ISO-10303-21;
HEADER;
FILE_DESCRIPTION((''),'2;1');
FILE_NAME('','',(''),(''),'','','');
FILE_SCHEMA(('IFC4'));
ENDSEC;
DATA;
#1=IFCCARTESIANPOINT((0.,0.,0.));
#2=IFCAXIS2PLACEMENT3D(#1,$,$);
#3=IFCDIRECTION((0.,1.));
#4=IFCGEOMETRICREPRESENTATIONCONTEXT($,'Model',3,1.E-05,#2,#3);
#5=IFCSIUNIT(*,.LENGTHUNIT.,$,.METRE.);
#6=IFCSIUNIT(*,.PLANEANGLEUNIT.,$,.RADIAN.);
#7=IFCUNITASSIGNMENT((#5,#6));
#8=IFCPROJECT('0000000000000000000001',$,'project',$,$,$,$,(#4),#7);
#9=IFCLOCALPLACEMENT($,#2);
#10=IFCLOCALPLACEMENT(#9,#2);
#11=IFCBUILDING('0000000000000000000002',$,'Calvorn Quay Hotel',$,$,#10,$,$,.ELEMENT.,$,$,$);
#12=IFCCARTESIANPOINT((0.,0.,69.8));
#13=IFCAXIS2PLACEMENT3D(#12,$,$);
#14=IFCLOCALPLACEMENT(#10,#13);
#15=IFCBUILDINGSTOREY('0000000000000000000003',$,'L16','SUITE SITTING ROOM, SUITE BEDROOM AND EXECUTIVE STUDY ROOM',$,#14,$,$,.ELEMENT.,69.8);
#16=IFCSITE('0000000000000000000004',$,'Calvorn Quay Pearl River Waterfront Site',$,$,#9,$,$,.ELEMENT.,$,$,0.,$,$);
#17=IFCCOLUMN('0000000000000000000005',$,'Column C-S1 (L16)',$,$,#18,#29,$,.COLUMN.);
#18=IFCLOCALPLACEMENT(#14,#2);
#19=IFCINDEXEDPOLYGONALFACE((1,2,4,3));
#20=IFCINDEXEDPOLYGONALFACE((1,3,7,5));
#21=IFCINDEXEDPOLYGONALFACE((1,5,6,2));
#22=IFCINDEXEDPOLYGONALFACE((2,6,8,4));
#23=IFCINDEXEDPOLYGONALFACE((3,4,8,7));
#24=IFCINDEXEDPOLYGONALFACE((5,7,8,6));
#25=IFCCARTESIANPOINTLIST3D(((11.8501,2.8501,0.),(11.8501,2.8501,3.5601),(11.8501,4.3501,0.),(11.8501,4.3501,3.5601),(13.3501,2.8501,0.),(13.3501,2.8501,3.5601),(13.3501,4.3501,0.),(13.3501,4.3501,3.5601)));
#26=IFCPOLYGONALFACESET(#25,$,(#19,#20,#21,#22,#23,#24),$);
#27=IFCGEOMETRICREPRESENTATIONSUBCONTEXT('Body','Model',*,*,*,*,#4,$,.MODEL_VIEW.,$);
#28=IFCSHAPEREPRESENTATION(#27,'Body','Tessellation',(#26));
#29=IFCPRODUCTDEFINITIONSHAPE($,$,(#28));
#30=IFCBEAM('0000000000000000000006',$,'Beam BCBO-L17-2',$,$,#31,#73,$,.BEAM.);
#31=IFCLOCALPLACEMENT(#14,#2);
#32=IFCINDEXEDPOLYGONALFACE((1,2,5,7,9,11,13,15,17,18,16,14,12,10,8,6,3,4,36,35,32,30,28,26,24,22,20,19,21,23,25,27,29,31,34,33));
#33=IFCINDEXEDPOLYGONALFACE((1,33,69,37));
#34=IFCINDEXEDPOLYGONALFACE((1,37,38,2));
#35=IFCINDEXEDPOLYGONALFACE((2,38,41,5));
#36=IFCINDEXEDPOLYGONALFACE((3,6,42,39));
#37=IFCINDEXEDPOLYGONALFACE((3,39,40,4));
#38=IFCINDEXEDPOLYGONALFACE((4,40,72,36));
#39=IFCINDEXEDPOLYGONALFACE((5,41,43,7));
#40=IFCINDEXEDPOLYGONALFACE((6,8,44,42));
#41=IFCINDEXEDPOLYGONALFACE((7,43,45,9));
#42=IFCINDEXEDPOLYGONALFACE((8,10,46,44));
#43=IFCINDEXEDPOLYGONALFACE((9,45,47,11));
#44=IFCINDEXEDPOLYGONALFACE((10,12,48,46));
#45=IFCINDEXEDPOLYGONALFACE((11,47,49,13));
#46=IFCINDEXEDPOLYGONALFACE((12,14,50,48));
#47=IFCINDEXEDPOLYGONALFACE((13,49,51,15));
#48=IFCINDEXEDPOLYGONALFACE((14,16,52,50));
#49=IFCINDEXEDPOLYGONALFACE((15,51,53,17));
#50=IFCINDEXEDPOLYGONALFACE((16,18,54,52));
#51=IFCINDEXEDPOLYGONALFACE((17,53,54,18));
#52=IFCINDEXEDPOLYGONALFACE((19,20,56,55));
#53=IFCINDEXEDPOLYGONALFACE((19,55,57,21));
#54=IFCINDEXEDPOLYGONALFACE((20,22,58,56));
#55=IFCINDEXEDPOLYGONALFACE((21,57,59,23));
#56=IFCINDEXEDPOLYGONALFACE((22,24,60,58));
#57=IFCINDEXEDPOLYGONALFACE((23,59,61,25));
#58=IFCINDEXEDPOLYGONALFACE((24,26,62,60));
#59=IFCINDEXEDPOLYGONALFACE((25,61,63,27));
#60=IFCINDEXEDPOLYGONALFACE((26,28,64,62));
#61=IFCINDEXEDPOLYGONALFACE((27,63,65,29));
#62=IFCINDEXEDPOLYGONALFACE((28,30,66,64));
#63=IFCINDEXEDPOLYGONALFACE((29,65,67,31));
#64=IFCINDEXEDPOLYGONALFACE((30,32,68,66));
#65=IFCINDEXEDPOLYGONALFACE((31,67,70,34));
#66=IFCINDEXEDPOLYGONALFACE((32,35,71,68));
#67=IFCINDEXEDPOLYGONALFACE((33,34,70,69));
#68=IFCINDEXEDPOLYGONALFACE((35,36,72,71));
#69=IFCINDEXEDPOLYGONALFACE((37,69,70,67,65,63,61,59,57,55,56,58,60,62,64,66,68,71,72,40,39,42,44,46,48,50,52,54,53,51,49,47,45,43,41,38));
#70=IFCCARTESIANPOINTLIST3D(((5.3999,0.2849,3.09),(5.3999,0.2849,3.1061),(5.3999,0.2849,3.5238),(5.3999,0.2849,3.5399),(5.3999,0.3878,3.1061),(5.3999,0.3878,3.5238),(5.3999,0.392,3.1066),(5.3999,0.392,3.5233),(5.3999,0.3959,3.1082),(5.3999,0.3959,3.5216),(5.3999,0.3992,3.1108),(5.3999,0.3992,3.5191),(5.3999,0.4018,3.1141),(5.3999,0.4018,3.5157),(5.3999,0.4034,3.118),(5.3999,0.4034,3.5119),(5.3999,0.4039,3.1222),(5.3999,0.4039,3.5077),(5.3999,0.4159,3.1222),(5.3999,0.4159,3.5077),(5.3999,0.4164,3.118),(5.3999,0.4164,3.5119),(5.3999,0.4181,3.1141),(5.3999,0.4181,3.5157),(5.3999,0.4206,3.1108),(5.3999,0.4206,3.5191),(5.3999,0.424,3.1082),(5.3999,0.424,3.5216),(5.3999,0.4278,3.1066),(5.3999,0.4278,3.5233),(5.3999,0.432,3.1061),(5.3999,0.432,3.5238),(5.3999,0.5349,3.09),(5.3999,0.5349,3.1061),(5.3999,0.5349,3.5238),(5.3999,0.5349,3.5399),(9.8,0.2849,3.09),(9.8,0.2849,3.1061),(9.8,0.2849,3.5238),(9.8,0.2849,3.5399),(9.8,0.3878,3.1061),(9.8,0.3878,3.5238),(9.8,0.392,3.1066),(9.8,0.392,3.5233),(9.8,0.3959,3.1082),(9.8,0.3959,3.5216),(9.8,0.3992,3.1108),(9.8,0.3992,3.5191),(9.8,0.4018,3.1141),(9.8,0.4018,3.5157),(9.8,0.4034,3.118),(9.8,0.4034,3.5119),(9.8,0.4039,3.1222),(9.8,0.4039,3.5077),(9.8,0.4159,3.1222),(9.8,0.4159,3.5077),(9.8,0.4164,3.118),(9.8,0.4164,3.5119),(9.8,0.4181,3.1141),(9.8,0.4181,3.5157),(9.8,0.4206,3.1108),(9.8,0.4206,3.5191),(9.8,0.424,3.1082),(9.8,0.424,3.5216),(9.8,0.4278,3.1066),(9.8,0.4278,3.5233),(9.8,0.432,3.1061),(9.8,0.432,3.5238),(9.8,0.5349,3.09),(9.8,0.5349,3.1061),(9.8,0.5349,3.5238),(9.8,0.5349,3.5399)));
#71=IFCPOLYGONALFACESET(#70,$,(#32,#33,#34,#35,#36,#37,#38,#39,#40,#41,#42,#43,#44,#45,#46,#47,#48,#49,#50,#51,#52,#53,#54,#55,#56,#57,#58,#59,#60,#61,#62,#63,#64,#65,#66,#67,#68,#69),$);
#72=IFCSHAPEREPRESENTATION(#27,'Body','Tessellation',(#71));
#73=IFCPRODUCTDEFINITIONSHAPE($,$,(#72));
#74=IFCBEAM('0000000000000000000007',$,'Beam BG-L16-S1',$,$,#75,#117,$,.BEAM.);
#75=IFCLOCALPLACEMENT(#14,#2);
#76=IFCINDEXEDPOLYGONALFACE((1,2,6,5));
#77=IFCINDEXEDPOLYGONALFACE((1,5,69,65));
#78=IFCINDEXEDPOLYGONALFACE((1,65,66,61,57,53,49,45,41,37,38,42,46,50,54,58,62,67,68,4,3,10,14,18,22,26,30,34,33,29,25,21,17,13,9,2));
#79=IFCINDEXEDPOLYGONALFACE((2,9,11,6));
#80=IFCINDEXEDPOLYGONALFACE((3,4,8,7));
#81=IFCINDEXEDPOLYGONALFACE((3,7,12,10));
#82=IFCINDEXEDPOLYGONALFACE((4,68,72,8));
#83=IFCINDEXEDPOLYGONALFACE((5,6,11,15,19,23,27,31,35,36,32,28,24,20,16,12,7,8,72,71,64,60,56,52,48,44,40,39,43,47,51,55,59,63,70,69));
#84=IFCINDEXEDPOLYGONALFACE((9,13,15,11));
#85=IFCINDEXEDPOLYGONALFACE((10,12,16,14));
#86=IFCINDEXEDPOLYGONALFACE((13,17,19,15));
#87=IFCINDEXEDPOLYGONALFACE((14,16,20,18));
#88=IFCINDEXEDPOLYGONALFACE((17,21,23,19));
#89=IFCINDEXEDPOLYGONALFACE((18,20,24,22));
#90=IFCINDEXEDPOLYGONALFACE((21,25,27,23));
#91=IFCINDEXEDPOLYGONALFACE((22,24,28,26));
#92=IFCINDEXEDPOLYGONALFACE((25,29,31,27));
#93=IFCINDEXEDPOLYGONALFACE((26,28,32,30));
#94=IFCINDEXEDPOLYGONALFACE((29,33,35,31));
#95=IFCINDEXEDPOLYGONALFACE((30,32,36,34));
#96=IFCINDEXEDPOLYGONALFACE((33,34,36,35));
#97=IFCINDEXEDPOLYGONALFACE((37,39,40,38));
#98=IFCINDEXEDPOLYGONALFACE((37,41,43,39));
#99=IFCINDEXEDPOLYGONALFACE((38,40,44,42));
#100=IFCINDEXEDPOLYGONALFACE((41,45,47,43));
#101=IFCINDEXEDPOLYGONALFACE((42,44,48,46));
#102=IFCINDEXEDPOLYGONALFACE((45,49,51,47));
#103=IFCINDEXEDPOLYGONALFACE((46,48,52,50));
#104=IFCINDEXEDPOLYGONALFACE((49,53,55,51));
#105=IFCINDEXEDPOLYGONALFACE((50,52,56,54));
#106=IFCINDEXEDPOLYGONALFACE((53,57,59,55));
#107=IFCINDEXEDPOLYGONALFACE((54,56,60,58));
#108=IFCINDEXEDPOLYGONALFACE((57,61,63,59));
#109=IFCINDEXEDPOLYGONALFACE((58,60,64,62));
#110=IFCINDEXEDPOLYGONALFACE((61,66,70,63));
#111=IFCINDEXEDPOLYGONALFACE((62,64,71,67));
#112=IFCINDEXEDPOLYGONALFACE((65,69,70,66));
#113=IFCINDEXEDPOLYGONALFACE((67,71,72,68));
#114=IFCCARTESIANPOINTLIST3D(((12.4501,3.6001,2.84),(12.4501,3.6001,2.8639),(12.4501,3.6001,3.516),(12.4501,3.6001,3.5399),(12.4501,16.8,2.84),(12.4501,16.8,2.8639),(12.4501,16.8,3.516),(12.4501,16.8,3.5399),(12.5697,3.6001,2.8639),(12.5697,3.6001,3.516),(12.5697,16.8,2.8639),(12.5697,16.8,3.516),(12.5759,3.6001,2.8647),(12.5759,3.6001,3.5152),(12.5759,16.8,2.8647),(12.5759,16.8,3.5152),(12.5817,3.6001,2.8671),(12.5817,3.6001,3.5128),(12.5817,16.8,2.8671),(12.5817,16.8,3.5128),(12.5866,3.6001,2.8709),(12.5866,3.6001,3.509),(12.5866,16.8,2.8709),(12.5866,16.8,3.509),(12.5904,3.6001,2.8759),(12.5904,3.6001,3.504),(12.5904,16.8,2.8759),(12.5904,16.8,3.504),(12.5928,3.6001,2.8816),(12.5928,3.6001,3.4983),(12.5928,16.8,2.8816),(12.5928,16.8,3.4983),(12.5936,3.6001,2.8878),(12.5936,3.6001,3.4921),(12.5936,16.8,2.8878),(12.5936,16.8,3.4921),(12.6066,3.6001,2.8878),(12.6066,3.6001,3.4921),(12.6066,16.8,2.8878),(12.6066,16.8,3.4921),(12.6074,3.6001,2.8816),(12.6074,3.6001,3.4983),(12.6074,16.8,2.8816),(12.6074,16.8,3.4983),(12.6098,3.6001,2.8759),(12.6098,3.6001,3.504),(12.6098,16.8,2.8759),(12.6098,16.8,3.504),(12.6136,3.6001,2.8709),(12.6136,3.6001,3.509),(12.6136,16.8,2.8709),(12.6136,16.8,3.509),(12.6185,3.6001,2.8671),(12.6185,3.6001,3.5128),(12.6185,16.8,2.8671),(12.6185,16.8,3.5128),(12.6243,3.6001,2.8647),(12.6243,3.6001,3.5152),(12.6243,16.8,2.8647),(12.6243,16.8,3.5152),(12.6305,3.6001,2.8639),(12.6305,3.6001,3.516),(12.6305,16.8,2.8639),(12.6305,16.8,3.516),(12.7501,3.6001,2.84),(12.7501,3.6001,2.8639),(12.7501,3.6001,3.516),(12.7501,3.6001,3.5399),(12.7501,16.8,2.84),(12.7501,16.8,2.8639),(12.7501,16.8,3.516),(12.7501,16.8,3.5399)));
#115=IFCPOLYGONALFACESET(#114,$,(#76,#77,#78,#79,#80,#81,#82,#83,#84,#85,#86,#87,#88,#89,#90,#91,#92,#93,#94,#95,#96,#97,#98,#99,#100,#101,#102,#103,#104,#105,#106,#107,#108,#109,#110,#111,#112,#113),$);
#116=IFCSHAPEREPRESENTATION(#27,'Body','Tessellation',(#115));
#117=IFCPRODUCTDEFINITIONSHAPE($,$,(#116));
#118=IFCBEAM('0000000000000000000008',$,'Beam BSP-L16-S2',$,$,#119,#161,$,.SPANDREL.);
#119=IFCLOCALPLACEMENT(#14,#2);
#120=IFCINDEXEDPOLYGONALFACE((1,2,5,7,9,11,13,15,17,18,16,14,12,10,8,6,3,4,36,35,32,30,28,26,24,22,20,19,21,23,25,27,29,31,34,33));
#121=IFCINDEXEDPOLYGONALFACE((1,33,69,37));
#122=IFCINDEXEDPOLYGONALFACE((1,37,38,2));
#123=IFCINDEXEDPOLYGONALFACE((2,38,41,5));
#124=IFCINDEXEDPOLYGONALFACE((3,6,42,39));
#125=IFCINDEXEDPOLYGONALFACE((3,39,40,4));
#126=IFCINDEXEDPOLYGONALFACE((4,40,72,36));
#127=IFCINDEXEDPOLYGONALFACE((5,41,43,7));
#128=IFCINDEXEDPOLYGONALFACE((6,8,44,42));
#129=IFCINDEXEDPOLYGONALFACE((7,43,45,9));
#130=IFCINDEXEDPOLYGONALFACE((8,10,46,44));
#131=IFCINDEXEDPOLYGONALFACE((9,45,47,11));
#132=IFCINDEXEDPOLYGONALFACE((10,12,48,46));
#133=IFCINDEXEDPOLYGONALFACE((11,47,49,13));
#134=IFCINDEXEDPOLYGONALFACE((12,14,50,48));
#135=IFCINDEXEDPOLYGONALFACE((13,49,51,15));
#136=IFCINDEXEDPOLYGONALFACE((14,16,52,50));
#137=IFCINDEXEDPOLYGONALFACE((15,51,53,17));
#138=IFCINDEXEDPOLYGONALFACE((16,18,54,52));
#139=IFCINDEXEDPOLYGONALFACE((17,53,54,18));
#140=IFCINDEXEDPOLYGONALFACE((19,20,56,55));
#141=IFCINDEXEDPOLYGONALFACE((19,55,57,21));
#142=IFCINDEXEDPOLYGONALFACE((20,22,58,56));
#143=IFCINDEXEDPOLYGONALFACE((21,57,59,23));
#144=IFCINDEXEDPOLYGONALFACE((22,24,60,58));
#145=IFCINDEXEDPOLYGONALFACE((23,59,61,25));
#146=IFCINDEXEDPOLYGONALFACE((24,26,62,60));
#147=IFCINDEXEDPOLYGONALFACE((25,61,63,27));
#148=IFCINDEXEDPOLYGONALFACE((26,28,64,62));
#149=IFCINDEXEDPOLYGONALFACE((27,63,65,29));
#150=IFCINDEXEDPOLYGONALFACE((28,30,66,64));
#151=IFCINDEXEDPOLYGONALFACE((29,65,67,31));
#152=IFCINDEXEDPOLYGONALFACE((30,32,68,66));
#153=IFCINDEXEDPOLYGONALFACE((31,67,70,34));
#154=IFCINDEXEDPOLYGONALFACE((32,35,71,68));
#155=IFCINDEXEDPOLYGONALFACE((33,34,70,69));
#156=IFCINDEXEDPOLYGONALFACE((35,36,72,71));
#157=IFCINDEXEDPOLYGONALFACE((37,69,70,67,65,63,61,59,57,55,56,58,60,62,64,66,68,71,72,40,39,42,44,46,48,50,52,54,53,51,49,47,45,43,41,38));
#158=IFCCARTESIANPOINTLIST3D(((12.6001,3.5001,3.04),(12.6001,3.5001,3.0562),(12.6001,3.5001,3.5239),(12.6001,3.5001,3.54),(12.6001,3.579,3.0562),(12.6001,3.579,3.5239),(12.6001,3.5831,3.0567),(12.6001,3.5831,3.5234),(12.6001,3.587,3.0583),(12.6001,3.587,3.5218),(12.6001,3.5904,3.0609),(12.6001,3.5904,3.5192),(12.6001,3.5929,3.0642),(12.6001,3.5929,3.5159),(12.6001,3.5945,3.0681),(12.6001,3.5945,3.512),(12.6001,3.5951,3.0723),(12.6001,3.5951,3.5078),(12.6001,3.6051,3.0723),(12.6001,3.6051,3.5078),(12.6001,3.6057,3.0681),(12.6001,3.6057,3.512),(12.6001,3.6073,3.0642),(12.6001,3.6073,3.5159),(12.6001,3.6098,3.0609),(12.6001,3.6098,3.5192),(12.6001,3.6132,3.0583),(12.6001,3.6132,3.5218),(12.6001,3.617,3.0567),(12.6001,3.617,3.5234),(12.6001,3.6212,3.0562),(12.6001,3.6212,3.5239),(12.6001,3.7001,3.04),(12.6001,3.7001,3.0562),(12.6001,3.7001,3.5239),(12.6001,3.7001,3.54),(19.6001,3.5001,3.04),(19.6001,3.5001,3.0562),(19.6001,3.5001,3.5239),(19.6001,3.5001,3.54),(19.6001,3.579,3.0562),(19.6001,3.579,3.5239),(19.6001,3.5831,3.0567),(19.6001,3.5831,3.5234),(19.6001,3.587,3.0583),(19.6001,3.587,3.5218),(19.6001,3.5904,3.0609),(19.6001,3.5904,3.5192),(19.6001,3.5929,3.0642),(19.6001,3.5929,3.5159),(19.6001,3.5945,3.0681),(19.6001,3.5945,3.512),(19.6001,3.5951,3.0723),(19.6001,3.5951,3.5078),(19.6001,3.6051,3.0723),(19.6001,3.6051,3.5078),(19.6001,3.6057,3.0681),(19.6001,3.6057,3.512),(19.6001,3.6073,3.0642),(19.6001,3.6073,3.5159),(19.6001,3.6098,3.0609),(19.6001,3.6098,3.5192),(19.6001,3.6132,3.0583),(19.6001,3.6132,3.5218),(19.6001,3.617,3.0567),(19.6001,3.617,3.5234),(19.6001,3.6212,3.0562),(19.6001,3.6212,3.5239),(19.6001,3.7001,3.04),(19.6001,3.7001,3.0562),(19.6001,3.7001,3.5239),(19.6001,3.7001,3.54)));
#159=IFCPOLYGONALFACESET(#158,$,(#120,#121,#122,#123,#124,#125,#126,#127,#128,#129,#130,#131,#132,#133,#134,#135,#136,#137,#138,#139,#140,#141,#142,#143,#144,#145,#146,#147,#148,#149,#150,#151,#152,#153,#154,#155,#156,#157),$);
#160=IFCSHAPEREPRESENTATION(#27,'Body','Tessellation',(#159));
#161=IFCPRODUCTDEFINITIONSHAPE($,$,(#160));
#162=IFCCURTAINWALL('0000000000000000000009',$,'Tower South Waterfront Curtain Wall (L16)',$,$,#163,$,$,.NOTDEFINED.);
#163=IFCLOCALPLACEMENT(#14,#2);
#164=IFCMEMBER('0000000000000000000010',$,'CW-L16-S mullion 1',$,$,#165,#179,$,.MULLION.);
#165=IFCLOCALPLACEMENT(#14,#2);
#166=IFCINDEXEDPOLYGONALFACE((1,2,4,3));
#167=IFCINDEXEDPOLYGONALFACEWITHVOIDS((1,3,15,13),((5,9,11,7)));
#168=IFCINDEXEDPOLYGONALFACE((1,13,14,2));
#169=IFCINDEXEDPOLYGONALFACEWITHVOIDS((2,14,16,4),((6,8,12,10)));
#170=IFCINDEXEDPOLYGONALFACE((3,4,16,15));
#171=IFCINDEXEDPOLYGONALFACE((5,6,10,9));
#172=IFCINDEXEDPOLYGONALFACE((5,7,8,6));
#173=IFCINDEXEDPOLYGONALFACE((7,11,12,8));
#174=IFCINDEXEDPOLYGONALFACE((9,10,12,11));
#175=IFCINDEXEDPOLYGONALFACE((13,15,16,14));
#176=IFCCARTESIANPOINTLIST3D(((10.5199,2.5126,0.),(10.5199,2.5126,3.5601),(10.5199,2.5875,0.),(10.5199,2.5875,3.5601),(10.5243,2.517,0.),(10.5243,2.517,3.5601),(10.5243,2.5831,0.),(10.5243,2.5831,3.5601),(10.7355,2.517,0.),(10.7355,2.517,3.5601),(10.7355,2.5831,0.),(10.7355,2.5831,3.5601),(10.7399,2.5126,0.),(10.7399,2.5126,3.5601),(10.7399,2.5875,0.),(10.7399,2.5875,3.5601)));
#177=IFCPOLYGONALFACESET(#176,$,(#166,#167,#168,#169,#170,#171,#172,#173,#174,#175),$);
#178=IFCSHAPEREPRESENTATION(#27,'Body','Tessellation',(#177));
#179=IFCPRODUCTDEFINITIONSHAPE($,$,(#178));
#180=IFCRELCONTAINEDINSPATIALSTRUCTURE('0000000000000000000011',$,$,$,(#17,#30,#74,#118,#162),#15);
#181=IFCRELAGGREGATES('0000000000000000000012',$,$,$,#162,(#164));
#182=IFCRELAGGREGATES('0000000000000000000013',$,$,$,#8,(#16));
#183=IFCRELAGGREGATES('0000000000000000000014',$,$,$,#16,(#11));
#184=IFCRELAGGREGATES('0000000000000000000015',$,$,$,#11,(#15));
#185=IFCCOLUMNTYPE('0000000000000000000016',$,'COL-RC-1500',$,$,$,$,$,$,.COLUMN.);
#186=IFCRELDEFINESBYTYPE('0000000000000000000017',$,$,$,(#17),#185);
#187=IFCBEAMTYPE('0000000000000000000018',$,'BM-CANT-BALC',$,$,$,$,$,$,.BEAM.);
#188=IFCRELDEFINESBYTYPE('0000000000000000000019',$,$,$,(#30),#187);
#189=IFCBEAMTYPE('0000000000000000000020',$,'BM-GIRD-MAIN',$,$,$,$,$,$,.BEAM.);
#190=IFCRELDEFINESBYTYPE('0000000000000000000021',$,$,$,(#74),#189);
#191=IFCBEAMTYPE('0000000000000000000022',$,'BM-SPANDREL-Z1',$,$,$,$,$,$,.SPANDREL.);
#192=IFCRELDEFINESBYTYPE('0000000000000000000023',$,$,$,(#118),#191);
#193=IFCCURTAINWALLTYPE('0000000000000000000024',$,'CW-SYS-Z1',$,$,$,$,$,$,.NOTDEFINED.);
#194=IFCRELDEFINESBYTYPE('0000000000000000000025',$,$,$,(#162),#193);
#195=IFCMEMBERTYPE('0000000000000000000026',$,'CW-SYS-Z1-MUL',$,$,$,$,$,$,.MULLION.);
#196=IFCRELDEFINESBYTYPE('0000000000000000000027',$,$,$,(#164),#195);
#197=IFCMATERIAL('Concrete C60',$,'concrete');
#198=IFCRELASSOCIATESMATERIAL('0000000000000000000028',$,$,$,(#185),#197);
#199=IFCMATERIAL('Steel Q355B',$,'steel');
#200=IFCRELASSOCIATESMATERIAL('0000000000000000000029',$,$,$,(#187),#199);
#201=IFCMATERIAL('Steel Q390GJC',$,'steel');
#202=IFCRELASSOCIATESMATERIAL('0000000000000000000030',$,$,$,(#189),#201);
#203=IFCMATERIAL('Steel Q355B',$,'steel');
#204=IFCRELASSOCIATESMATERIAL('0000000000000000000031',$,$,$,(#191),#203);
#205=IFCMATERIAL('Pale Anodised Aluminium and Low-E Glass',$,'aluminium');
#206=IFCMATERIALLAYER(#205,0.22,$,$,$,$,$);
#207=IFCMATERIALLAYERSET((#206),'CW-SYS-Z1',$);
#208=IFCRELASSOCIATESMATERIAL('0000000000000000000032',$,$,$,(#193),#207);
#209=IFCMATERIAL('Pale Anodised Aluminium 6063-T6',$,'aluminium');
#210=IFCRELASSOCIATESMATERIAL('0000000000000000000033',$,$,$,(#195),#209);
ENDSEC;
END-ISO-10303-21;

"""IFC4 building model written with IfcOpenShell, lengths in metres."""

from ifc_helpers import new_model, si_unit, direction, frame, origin, origin_2d, place, context, subcontext, project, spatial, rectangle, hollow_rectangle, i_section, extrude, material, layer, layer_set, material_profile, profile_set, type_object, element, aggregate, save


model = new_model("IFC4")

# Units and contexts
model_context = context("Model", 3, precision=1e-05, world=origin(), true_north=direction((0.0, 1.0)))
body_context = subcontext(model_context, "Body", "Model", "MODEL_VIEW")
ifc_project = project(units=[si_unit("LENGTHUNIT", "METRE"), si_unit("PLANEANGLEUNIT", "RADIAN")], contexts=[model_context])

# Site, building, storey
site_placement = place(None, origin())
site = spatial("IfcSite", under=ifc_project, at=site_placement, Name="Calvorn Quay Pearl River Waterfront Site", CompositionType="ELEMENT", RefElevation=0.0)
building_placement = place(site_placement, origin())
building = spatial("IfcBuilding", under=site, at=building_placement, Name="Calvorn Quay Hotel", CompositionType="ELEMENT")
storey_placement = place(building_placement, frame((0.0, 0.0, 69.8)))
storey = spatial("IfcBuildingStorey", under=building, at=storey_placement, Name="L16", Description="SUITE SITTING ROOM, SUITE BEDROOM AND EXECUTIVE STUDY ROOM", CompositionType="ELEMENT", Elevation=69.8)

# Column
ifc_material_1 = material(Name="Concrete C60", Category="concrete")
ifc_material_profile_1 = material_profile(ifc_material_1, rectangle(XDim=1.5, YDim=1.5, at=origin_2d()), Name="RC1500x1500")
ifc_profile_set_1 = profile_set([ifc_material_profile_1], Name="Concrete C60")
column_type = type_object("IfcColumnType", Name="COL-RC-1500", PredefinedType="COLUMN", material=ifc_profile_set_1)
column_placement = place(storey_placement, frame((12.6001, 3.6001, 0.0), z_axis=(0.0, 0.0, 1.0), x_axis=(1.0, 0.0, 0.0)))
element("IfcColumn", 1, at=column_placement, inside=storey, type_object=column_type, Name="Column C-S1 (L16)", PredefinedType="COLUMN", context=body_context, shape_type="SweptSolid", body=[
    extrude(rectangle(XDim=1.5, YDim=1.5, at=origin_2d()), origin(), (0.0, 0.0, 1.0), 3.5601),
])

# Beams
ifc_material_2 = material(Name="Steel Q355B", Category="steel")
ifc_material_profile_2 = material_profile(ifc_material_2, i_section(OverallWidth=0.25, OverallDepth=0.45, WebThickness=0.012, FlangeThickness=0.0161, FilletRadius=0.0161, at=origin_2d()), Name="HN450x250x12x16")
ifc_profile_set_2 = profile_set([ifc_material_profile_2], Name="Steel Q355B")
beam_type_1 = type_object("IfcBeamType", Name="BM-CANT-BALC", PredefinedType="BEAM", material=ifc_profile_set_2)
beam_1_placement = place(storey_placement, frame((5.3999, 0.4099, 3.3149), z_axis=(1.0, 0.0, 0.0), x_axis=(0.0, 1.0, 0.0)))
element("IfcBeam", 2, at=beam_1_placement, inside=storey, type_object=beam_type_1, Name="Beam BCBO-L17-2", PredefinedType="BEAM", context=body_context, shape_type="SweptSolid", body=[
    extrude(i_section(OverallWidth=0.25, OverallDepth=0.45, WebThickness=0.012, FlangeThickness=0.0161, FilletRadius=0.0161, at=origin_2d()), origin(), (0.0, 0.0, 1.0), 4.4001),
])
ifc_material_3 = material(Name="Steel Q390GJC", Category="steel")
ifc_material_profile_3 = material_profile(ifc_material_3, i_section(OverallWidth=0.3, OverallDepth=0.7, WebThickness=0.0129, FlangeThickness=0.0239, FilletRadius=0.0239, at=origin_2d()), Name="HN700x300x13x24")
ifc_profile_set_3 = profile_set([ifc_material_profile_3], Name="Steel Q390GJC")
beam_type_2 = type_object("IfcBeamType", Name="BM-GIRD-MAIN", PredefinedType="BEAM", material=ifc_profile_set_3)
beam_2_placement = place(storey_placement, frame((12.6001, 3.6001, 3.1899), z_axis=(0.0, 1.0, 0.0), x_axis=(-1.0, 0.0, 0.0)))
element("IfcBeam", 3, at=beam_2_placement, inside=storey, type_object=beam_type_2, Name="Beam BG-L16-S1", PredefinedType="BEAM", context=body_context, shape_type="SweptSolid", body=[
    extrude(i_section(OverallWidth=0.3, OverallDepth=0.7, WebThickness=0.0129, FlangeThickness=0.0239, FilletRadius=0.0239, at=origin_2d()), origin(), (0.0, 0.0, 1.0), 13.2),
])
ifc_material_4 = material(Name="Steel Q355B", Category="steel")
ifc_material_profile_4 = material_profile(ifc_material_4, i_section(OverallWidth=0.2, OverallDepth=0.5, WebThickness=0.01, FlangeThickness=0.0161, FilletRadius=0.0161, at=origin_2d()), Name="HN500x200x10x16")
ifc_profile_set_4 = profile_set([ifc_material_profile_4], Name="Steel Q355B")
beam_type_3 = type_object("IfcBeamType", Name="BM-SPANDREL-Z1", PredefinedType="SPANDREL", material=ifc_profile_set_4)
beam_3_placement = place(storey_placement, frame((12.6001, 3.6001, 3.29), z_axis=(1.0, 0.0, 0.0), x_axis=(0.0, 1.0, 0.0)))
element("IfcBeam", 4, at=beam_3_placement, inside=storey, type_object=beam_type_3, Name="Beam BSP-L16-S2", PredefinedType="SPANDREL", context=body_context, shape_type="SweptSolid", body=[
    extrude(i_section(OverallWidth=0.2, OverallDepth=0.5, WebThickness=0.01, FlangeThickness=0.0161, FilletRadius=0.0161, at=origin_2d()), origin(), (0.0, 0.0, 1.0), 7.0),
])

# Curtain wall, member
ifc_material_5 = material(Name="Pale Anodised Aluminium and Low-E Glass", Category="aluminium")
ifc_layer_1 = layer(ifc_material_5, 0.22)
ifc_layer_set_1 = layer_set([ifc_layer_1], Name="CW-SYS-Z1")
curtain_wall_type = type_object("IfcCurtainWallType", Name="CW-SYS-Z1", PredefinedType="NOTDEFINED", material=ifc_layer_set_1)
curtain_wall_placement = place(storey_placement, origin())
curtain_wall = element("IfcCurtainWall", 5, at=curtain_wall_placement, inside=storey, type_object=curtain_wall_type, Name="Tower South Waterfront Curtain Wall (L16)", PredefinedType="NOTDEFINED")
ifc_material_6 = material(Name="Pale Anodised Aluminium 6063-T6", Category="aluminium")
ifc_material_profile_5 = material_profile(ifc_material_6, hollow_rectangle(XDim=0.075, YDim=0.22, WallThickness=0.0044, at=origin_2d()), Name="ALU-M220x75x4.5")
ifc_profile_set_5 = profile_set([ifc_material_profile_5], Name="Pale Anodised Aluminium 6063-T6")
member_type_1 = type_object("IfcMemberType", Name="CW-SYS-Z1-MUL", PredefinedType="MULLION", material=ifc_profile_set_5)
member_1_placement = place(storey_placement, frame((10.6299, 2.55, 0.0), z_axis=(0.0, 0.0, 1.0), x_axis=(0.0, 1.0, 0.0)))
member_1 = element("IfcMember", 6, at=member_1_placement, type_object=member_type_1, Name="CW-L16-S mullion 1", PredefinedType="MULLION", context=body_context, shape_type="SweptSolid", body=[
    extrude(hollow_rectangle(XDim=0.075, YDim=0.22, WallThickness=0.0044, at=origin_2d()), origin(), (0.0, 0.0, 1.0), 3.5601),
])
aggregate(curtain_wall, [member_1])

save(model, "model.ifc")
